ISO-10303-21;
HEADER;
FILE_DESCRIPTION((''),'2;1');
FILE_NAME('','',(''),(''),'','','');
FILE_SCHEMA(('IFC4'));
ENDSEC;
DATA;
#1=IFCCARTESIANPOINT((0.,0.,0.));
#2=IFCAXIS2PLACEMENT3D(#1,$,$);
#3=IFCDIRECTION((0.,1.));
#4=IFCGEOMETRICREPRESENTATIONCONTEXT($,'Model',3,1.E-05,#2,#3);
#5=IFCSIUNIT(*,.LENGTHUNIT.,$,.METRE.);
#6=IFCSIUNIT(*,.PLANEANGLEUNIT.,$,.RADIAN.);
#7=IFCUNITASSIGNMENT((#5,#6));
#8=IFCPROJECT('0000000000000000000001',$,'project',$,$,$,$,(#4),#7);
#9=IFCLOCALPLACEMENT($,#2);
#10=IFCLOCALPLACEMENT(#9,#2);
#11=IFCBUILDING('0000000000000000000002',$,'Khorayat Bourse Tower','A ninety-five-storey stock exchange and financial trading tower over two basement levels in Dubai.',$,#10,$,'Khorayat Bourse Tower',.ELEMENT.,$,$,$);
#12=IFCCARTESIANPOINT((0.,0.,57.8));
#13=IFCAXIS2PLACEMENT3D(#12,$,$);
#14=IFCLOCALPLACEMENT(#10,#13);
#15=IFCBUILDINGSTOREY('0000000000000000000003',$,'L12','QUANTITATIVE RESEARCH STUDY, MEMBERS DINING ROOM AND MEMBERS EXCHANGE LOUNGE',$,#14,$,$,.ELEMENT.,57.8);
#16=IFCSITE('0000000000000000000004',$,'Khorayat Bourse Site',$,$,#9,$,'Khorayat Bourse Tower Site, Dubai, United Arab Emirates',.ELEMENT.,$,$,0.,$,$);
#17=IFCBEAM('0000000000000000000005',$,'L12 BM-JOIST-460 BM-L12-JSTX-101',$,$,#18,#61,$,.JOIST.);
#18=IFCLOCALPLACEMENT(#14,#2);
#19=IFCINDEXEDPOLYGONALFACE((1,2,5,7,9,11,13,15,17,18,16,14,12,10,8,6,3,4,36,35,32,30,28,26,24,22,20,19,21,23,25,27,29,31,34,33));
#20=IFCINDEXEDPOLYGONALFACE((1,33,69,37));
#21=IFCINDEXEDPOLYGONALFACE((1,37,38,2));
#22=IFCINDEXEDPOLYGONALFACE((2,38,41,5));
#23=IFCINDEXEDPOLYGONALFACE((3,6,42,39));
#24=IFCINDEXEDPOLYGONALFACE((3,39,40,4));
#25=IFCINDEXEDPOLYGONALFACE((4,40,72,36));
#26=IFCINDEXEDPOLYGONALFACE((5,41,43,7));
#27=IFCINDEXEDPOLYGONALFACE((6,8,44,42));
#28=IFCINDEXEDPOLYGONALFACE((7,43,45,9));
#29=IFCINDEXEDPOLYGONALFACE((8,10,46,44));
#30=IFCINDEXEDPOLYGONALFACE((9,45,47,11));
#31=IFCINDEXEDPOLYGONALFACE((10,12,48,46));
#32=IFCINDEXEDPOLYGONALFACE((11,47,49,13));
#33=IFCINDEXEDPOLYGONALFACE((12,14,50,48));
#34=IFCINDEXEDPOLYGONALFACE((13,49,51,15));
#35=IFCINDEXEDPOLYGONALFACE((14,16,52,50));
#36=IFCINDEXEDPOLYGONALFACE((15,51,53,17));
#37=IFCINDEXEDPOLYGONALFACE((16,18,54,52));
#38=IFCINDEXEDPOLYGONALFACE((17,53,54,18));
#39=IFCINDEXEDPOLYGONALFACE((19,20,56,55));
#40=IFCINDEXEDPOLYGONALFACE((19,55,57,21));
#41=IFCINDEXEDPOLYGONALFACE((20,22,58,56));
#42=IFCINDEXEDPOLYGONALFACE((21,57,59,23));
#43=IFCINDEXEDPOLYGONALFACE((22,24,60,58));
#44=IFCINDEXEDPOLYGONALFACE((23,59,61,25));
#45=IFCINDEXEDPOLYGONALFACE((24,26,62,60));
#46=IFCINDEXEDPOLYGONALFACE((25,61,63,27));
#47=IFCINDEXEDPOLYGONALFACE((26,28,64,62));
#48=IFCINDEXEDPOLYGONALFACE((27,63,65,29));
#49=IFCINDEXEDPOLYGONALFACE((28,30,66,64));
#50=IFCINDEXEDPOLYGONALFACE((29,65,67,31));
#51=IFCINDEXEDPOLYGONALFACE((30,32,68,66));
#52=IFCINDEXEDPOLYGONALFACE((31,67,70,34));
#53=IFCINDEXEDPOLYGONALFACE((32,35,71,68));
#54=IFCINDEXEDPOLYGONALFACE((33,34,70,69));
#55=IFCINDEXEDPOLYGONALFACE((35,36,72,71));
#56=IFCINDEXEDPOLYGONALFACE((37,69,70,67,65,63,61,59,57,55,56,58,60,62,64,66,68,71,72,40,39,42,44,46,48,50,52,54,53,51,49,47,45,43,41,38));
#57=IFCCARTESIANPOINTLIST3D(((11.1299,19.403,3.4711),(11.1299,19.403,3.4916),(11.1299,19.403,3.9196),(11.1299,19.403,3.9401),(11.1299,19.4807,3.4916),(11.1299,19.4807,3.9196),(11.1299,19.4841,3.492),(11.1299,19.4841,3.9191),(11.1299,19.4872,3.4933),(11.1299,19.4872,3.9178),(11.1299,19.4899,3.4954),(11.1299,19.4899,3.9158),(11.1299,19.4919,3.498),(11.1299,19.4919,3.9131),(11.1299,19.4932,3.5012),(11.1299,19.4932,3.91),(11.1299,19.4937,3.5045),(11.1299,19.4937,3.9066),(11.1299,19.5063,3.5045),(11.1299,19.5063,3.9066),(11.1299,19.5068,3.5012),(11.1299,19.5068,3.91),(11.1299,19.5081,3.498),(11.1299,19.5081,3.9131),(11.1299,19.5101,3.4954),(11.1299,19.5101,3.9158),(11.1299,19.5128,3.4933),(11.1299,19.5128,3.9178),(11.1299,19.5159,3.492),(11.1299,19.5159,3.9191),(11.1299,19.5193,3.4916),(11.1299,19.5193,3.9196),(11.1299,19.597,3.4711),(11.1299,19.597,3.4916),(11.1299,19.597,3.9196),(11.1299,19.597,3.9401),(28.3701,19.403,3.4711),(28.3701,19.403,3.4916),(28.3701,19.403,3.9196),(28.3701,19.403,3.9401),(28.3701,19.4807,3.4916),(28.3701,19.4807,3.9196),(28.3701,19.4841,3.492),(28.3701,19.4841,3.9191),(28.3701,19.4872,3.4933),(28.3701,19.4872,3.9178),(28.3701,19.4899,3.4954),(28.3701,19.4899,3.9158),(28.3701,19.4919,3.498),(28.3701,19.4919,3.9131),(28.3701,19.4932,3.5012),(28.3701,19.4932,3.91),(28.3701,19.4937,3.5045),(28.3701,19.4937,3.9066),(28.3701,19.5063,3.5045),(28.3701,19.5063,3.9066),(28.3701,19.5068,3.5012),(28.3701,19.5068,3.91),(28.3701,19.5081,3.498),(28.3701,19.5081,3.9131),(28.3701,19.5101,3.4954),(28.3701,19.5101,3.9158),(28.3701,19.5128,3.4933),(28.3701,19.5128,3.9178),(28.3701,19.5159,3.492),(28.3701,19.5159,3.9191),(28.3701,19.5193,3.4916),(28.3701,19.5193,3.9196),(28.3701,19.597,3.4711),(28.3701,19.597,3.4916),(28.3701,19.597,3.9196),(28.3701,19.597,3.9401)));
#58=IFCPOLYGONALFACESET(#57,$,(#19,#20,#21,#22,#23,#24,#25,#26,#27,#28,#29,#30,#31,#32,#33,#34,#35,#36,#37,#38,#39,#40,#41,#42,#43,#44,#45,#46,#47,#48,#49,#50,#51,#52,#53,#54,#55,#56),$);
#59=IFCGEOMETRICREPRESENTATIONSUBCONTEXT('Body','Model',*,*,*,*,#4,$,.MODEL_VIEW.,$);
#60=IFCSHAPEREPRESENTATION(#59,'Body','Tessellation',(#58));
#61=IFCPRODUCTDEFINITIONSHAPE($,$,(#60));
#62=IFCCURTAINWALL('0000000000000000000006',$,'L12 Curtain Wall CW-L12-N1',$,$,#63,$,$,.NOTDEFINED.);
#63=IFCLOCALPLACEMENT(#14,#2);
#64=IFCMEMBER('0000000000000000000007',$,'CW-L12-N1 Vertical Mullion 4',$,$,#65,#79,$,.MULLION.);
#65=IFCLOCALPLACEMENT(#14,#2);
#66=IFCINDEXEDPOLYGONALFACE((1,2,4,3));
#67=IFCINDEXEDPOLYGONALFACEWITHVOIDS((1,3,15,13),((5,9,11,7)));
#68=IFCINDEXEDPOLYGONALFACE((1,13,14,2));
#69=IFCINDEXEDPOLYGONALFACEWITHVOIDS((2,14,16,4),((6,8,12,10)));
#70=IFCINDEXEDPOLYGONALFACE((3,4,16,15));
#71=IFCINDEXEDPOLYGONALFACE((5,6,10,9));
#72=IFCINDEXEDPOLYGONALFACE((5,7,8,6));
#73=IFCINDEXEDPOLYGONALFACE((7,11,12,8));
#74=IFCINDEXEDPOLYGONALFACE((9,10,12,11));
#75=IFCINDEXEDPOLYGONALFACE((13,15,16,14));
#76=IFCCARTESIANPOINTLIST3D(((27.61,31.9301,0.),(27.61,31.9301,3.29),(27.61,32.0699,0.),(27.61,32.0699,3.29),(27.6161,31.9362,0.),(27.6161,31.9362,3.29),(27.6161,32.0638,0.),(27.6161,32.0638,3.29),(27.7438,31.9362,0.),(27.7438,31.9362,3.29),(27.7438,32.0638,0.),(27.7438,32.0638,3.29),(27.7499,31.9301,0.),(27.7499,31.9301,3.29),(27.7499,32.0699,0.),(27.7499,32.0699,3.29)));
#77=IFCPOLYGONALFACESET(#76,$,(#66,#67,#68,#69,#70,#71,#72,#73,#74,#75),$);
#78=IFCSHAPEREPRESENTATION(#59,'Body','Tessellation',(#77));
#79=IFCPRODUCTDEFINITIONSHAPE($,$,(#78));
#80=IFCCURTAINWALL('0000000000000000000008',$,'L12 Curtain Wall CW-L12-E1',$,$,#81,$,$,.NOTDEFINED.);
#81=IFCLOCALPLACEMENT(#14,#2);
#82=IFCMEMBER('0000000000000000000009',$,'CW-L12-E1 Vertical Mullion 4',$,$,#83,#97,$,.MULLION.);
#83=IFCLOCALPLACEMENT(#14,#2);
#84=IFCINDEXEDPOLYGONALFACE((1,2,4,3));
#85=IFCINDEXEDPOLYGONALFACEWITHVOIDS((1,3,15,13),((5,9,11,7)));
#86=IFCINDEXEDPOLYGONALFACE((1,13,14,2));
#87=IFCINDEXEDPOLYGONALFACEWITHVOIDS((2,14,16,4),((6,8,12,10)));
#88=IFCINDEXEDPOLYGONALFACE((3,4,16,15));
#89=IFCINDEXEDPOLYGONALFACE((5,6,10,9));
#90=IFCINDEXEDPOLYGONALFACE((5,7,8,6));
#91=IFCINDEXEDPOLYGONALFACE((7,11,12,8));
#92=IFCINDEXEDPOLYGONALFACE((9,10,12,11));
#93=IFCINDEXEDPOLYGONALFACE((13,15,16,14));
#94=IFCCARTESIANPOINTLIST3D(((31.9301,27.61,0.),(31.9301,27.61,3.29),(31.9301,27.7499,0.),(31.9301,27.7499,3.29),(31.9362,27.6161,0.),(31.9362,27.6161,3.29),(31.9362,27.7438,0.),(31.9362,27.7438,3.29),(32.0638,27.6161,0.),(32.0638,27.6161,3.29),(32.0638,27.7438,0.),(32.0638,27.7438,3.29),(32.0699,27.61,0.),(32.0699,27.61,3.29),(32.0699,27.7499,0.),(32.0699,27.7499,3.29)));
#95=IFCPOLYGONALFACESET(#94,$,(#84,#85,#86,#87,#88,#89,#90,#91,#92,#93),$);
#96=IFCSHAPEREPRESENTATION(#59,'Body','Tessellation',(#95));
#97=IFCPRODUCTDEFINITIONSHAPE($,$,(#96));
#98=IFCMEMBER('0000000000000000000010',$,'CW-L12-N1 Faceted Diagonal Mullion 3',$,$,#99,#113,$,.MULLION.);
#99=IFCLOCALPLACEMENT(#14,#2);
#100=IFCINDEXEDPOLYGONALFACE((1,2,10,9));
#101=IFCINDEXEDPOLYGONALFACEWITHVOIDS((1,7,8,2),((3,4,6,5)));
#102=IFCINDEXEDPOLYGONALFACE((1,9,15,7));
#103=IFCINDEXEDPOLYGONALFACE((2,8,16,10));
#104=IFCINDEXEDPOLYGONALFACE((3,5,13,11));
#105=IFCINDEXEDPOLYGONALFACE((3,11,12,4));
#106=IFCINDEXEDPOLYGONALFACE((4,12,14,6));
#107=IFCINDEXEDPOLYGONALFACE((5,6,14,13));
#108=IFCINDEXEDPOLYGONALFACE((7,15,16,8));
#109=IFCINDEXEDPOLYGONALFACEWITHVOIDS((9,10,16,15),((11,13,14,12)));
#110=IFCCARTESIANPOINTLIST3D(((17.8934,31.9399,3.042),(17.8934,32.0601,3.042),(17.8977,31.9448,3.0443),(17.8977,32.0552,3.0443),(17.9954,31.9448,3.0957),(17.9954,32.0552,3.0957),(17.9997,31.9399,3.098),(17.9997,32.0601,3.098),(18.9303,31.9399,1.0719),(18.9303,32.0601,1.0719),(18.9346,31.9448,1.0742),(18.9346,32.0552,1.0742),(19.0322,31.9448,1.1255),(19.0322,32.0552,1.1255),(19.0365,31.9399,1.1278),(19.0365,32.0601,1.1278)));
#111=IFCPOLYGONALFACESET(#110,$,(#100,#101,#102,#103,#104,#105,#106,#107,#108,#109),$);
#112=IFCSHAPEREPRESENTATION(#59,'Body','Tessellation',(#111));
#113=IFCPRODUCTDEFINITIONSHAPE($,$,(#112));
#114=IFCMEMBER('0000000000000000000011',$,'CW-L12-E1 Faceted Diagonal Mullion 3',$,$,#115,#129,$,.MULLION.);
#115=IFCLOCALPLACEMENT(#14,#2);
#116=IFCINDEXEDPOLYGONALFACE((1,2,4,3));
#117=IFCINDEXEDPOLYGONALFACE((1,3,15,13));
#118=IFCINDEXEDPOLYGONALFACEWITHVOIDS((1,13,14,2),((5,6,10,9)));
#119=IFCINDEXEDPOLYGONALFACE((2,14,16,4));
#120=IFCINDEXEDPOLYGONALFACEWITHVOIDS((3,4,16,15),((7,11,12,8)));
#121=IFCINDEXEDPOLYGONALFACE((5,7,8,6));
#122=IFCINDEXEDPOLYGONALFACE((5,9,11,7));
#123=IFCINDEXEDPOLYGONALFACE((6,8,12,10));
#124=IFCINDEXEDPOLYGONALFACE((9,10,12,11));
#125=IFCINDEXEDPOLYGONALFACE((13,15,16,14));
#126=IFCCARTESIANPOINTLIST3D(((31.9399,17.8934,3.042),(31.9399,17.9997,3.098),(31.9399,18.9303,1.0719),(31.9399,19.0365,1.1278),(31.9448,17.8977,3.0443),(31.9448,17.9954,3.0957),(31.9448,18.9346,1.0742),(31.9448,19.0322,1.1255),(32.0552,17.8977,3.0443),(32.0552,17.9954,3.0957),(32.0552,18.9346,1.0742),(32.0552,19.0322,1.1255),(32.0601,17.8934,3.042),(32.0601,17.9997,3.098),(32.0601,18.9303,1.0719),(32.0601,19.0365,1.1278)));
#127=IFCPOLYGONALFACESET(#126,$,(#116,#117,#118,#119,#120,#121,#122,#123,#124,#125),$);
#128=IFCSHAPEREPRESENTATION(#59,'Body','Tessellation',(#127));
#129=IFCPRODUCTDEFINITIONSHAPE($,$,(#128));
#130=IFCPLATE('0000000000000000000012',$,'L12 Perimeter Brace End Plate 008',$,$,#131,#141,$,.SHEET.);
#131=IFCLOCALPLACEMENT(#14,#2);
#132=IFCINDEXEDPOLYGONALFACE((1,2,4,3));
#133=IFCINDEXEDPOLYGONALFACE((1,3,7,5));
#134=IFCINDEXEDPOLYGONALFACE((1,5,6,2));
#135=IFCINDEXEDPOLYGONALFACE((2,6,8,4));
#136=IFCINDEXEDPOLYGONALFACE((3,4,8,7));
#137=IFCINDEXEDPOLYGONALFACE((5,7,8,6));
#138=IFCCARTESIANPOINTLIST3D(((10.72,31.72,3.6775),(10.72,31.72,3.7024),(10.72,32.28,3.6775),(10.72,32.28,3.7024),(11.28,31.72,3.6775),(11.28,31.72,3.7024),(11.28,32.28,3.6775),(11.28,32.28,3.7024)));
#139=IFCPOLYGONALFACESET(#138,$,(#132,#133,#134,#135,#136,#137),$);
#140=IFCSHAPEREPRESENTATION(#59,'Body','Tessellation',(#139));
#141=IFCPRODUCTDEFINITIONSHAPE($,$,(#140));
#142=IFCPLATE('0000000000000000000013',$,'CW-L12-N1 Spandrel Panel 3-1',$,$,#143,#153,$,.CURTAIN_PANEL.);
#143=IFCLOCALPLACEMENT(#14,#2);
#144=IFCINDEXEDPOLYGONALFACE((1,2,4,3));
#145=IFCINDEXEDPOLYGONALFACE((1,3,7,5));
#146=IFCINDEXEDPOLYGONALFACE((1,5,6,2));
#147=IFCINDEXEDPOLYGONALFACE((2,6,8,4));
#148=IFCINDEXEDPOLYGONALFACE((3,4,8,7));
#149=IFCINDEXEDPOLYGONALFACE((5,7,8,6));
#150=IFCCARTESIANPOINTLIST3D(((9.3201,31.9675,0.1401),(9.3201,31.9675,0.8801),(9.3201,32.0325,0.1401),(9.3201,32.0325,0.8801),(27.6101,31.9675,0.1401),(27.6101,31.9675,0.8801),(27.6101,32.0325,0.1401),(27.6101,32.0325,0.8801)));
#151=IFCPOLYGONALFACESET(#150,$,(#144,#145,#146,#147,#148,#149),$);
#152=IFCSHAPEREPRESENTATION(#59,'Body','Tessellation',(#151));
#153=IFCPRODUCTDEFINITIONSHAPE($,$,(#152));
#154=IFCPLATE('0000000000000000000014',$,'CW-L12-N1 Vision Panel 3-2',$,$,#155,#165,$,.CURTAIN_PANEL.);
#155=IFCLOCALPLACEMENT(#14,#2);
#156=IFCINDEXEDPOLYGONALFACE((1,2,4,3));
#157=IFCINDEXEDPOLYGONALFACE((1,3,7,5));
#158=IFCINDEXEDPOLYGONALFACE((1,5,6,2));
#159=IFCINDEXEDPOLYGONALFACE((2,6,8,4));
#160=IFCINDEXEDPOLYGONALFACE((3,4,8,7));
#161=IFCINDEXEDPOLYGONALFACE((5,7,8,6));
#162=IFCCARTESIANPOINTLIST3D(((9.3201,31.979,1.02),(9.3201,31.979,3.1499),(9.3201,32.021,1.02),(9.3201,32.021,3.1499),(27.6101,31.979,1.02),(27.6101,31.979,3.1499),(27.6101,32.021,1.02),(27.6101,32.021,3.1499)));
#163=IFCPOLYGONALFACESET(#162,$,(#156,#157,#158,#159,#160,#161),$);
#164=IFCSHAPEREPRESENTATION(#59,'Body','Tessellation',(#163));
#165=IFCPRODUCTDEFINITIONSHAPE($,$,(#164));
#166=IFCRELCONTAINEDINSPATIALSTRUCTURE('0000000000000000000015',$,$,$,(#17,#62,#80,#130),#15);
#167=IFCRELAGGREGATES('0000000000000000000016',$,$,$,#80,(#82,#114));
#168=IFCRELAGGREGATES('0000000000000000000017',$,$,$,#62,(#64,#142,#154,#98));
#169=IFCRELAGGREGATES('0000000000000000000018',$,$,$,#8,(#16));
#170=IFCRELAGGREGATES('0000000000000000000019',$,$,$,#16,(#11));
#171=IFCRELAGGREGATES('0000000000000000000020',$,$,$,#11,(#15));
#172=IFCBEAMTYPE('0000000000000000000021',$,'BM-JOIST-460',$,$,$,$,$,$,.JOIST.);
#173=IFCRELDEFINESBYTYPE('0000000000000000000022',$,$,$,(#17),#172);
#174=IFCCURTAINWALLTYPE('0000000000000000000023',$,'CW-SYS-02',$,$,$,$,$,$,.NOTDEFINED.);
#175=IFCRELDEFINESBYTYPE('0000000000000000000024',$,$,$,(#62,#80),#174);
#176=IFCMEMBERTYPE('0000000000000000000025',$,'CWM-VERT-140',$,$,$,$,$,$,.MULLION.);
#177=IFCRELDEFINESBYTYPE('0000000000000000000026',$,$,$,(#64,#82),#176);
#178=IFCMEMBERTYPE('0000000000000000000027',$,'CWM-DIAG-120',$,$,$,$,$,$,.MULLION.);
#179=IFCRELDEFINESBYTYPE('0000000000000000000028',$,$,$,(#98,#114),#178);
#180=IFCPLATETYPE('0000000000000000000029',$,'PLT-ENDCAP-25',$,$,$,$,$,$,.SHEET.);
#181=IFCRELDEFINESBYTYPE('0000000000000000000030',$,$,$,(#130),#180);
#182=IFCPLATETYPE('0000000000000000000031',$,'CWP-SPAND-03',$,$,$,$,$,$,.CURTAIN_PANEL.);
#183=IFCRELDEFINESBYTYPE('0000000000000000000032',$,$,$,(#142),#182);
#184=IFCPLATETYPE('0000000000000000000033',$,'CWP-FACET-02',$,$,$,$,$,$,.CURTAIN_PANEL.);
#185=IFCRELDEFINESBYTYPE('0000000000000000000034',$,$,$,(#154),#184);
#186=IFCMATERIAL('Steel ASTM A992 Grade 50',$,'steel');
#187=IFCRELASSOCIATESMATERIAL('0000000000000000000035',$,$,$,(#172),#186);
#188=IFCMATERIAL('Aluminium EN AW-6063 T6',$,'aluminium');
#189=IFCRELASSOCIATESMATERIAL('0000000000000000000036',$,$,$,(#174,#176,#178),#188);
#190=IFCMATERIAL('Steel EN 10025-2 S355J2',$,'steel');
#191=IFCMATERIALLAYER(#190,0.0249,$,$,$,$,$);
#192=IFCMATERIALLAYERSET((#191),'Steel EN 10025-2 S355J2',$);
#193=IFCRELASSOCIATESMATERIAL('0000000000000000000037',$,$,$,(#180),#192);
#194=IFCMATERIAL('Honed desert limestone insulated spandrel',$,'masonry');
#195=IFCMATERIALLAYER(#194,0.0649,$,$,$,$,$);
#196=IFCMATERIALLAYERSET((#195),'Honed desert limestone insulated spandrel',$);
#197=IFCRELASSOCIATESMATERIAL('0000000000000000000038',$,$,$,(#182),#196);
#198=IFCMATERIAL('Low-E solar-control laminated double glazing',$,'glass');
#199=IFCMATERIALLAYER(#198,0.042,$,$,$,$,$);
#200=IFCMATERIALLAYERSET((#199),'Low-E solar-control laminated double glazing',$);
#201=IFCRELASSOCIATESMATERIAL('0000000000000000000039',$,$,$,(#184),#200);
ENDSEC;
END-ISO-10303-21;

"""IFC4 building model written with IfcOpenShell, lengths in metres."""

from ifc_helpers import new_model, si_unit, direction, frame, origin, origin_2d, place, context, subcontext, project, spatial, rectangle, hollow_rectangle, i_section, extrude, source, transform, mapped, material, layer, layer_set, material_profile, profile_set, type_object, element, aggregate, save


model = new_model("IFC4")

# Units and contexts
model_context = context("Model", 3, precision=1e-05, world=origin(), true_north=direction((0.0, 1.0)))
body_context = subcontext(model_context, "Body", "Model", "MODEL_VIEW")
ifc_project = project(units=[si_unit("LENGTHUNIT", "METRE"), si_unit("PLANEANGLEUNIT", "RADIAN")], contexts=[model_context])

# Site, building, storey
site_placement = place(None, origin())
site = spatial("IfcSite", under=ifc_project, at=site_placement, Name="Khorayat Bourse Site", LongName="Khorayat Bourse Tower Site, Dubai, United Arab Emirates", CompositionType="ELEMENT", RefElevation=0.0)
building_placement = place(site_placement, origin())
building = spatial("IfcBuilding", under=site, at=building_placement, Name="Khorayat Bourse Tower", Description="A ninety-five-storey stock exchange and financial trading tower over two basement levels in Dubai.", LongName="Khorayat Bourse Tower", CompositionType="ELEMENT")
storey_placement = place(building_placement, frame((0.0, 0.0, 57.8)))
storey = spatial("IfcBuildingStorey", under=building, at=storey_placement, Name="L12", Description="QUANTITATIVE RESEARCH STUDY, MEMBERS DINING ROOM AND MEMBERS EXCHANGE LOUNGE", CompositionType="ELEMENT", Elevation=57.8)

# Beam
ifc_material_1 = material(Name="Steel ASTM A992 Grade 50", Category="steel")
ifc_material_profile_1 = material_profile(ifc_material_1, i_section(OverallWidth=0.1941, OverallDepth=0.469, WebThickness=0.0127, FlangeThickness=0.0205, FilletRadius=0.0129, at=origin_2d()), Name="W460X106")
ifc_profile_set_1 = profile_set([ifc_material_profile_1], Name="Steel ASTM A992 Grade 50")
beam_type_1 = type_object("IfcBeamType", Name="BM-JOIST-460", PredefinedType="JOIST", material=ifc_profile_set_1)
shared_shape_1 = source(origin(), body_context, "Body", "SweptSolid", [
    extrude(i_section(OverallWidth=0.1941, OverallDepth=0.469, WebThickness=0.0127, FlangeThickness=0.0205, FilletRadius=0.0129, at=origin_2d()), origin(), (0.0, 0.0, 1.0), 17.2402),
])
beam_1_placement = place(storey_placement, frame((11.1299, 19.5, 3.7056), z_axis=(1.0, 0.0, 0.0), x_axis=(0.0, 1.0, 0.0)))
element("IfcBeam", 1, at=beam_1_placement, inside=storey, type_object=beam_type_1, Name="L12 BM-JOIST-460 BM-L12-JSTX-101", PredefinedType="JOIST", context=body_context, shape_type="MappedRepresentation", body=[
    mapped(shared_shape_1, transform((0.0, 0.0, 0.0), scale=1.0)),
])

# Curtain walls, members
ifc_material_2 = material(Name="Aluminium EN AW-6063 T6", Category="aluminium")
curtain_wall_type = type_object("IfcCurtainWallType", Name="CW-SYS-02", PredefinedType="NOTDEFINED", material=ifc_material_2)
curtain_wall_1_placement = place(storey_placement, origin())
curtain_wall_1 = element("IfcCurtainWall", 2, at=curtain_wall_1_placement, inside=storey, type_object=curtain_wall_type, Name="L12 Curtain Wall CW-L12-N1", PredefinedType="NOTDEFINED")
ifc_material_profile_2 = material_profile(ifc_material_2, hollow_rectangle(XDim=0.1399, YDim=0.1399, WallThickness=0.0061, at=origin_2d()), Name="ALU 140x140x6")
ifc_profile_set_2 = profile_set([ifc_material_profile_2], Name="Aluminium EN AW-6063 T6")
member_type_1 = type_object("IfcMemberType", Name="CWM-VERT-140", PredefinedType="MULLION", material=ifc_profile_set_2)
shared_shape_2 = source(origin(), body_context, "Body", "SweptSolid", [
    extrude(hollow_rectangle(XDim=0.1399, YDim=0.1399, WallThickness=0.0061, at=origin_2d()), origin(), (0.0, 0.0, 1.0), 3.29),
])
member_1_placement = place(storey_placement, frame((27.6799, 32.0, 0.0), z_axis=(0.0, 0.0, 1.0), x_axis=(0.0, 1.0, 0.0)))
member_1 = element("IfcMember", 3, at=member_1_placement, type_object=member_type_1, Name="CW-L12-N1 Vertical Mullion 4", PredefinedType="MULLION", context=body_context, shape_type="MappedRepresentation", body=[
    mapped(shared_shape_2, transform((0.0, 0.0, 0.0), scale=1.0)),
])
curtain_wall_2_placement = place(storey_placement, origin())
curtain_wall_2 = element("IfcCurtainWall", 4, at=curtain_wall_2_placement, inside=storey, type_object=curtain_wall_type, Name="L12 Curtain Wall CW-L12-E1", PredefinedType="NOTDEFINED")
member_2_placement = place(storey_placement, frame((32.0, 27.6799, 0.0), z_axis=(0.0, 0.0, 1.0), x_axis=(-1.0, 0.0, 0.0)))
member_2 = element("IfcMember", 5, at=member_2_placement, type_object=member_type_1, Name="CW-L12-E1 Vertical Mullion 4", PredefinedType="MULLION", context=body_context, shape_type="MappedRepresentation", body=[
    mapped(shared_shape_2, transform((0.0, 0.0, 0.0), scale=1.0)),
])

# Members
ifc_material_profile_3 = material_profile(ifc_material_2, hollow_rectangle(XDim=0.1201, YDim=0.1201, WallThickness=0.0049, at=origin_2d()), Name="ALU 120x120x5")
ifc_profile_set_3 = profile_set([ifc_material_profile_3], Name="Aluminium EN AW-6063 T6")
member_type_2 = type_object("IfcMemberType", Name="CWM-DIAG-120", PredefinedType="MULLION", material=ifc_profile_set_3)
shared_shape_3 = source(origin(), body_context, "Body", "SweptSolid", [
    extrude(hollow_rectangle(XDim=0.1201, YDim=0.1201, WallThickness=0.0049, at=origin_2d()), origin(), (0.0, 0.0, 1.0), 2.2263),
])
member_3_placement = place(storey_placement, frame((18.9834, 32.0, 1.0999), z_axis=(-0.465715, 0.0, 0.884935), x_axis=(0.0, -1.0, 0.0)))
member_3 = element("IfcMember", 6, at=member_3_placement, type_object=member_type_2, Name="CW-L12-N1 Faceted Diagonal Mullion 3", PredefinedType="MULLION", context=body_context, shape_type="MappedRepresentation", body=[
    mapped(shared_shape_3, transform((0.0, 0.0, 0.0), scale=1.0)),
])
member_4_placement = place(storey_placement, frame((32.0, 18.9834, 1.0999), z_axis=(0.0, -0.465715, 0.884935), x_axis=(1.0, 0.0, 0.0)))
member_4 = element("IfcMember", 7, at=member_4_placement, type_object=member_type_2, Name="CW-L12-E1 Faceted Diagonal Mullion 3", PredefinedType="MULLION", context=body_context, shape_type="MappedRepresentation", body=[
    mapped(shared_shape_3, transform((0.0, 0.0, 0.0), scale=1.0)),
])
aggregate(curtain_wall_2, [member_2, member_4])

# Plates
ifc_material_3 = material(Name="Steel EN 10025-2 S355J2", Category="steel")
ifc_layer_1 = layer(ifc_material_3, 0.0249)
ifc_layer_set_1 = layer_set([ifc_layer_1], Name="Steel EN 10025-2 S355J2")
plate_type_1 = type_object("IfcPlateType", Name="PLT-ENDCAP-25", PredefinedType="SHEET", material=ifc_layer_set_1)
shared_shape_4 = source(origin(), body_context, "Body", "SweptSolid", [
    extrude(rectangle(XDim=0.5601, YDim=0.5601, at=origin_2d()), origin(), (0.0, 0.0, 1.0), 0.0249),
])
plate_1_placement = place(storey_placement, frame((11.0, 32.0, 3.6775), z_axis=(0.0, 0.0, 1.0), x_axis=(1.0, 0.0, 0.0)))
element("IfcPlate", 8, at=plate_1_placement, inside=storey, type_object=plate_type_1, Name="L12 Perimeter Brace End Plate 008", PredefinedType="SHEET", context=body_context, shape_type="MappedRepresentation", body=[
    mapped(shared_shape_4, transform((0.0, 0.0, 0.0), scale=1.0)),
])
ifc_material_4 = material(Name="Honed desert limestone insulated spandrel", Category="masonry")
ifc_layer_2 = layer(ifc_material_4, 0.0649)
ifc_layer_set_2 = layer_set([ifc_layer_2], Name="Honed desert limestone insulated spandrel")
plate_type_2 = type_object("IfcPlateType", Name="CWP-SPAND-03", PredefinedType="CURTAIN_PANEL", material=ifc_layer_set_2)
shared_shape_5 = source(origin(), body_context, "Body", "SweptSolid", [
    extrude(rectangle(XDim=18.29, YDim=0.0649, at=origin_2d()), origin(), (0.0, 0.0, 1.0), 0.74),
])
plate_2_placement = place(storey_placement, frame((18.4651, 32.0, 0.1401), z_axis=(0.0, 0.0, 1.0), x_axis=(1.0, 0.0, 0.0)))
plate_2 = element("IfcPlate", 9, at=plate_2_placement, type_object=plate_type_2, Name="CW-L12-N1 Spandrel Panel 3-1", PredefinedType="CURTAIN_PANEL", context=body_context, shape_type="MappedRepresentation", body=[
    mapped(shared_shape_5, transform((0.0, 0.0, 0.0), scale=1.0)),
])
ifc_material_5 = material(Name="Low-E solar-control laminated double glazing", Category="glass")
ifc_layer_3 = layer(ifc_material_5, 0.042)
ifc_layer_set_3 = layer_set([ifc_layer_3], Name="Low-E solar-control laminated double glazing")
plate_type_3 = type_object("IfcPlateType", Name="CWP-FACET-02", PredefinedType="CURTAIN_PANEL", material=ifc_layer_set_3)
shared_shape_6 = source(origin(), body_context, "Body", "SweptSolid", [
    extrude(rectangle(XDim=18.29, YDim=0.042, at=origin_2d()), origin(), (0.0, 0.0, 1.0), 2.1299),
])
plate_3_placement = place(storey_placement, frame((18.4651, 32.0, 1.02), z_axis=(0.0, 0.0, 1.0), x_axis=(1.0, 0.0, 0.0)))
plate_3 = element("IfcPlate", 10, at=plate_3_placement, type_object=plate_type_3, Name="CW-L12-N1 Vision Panel 3-2", PredefinedType="CURTAIN_PANEL", context=body_context, shape_type="MappedRepresentation", body=[
    mapped(shared_shape_6, transform((0.0, 0.0, 0.0), scale=1.0)),
])
aggregate(curtain_wall_1, [member_1, plate_2, plate_3, member_3])

save(model, "model.ifc")
